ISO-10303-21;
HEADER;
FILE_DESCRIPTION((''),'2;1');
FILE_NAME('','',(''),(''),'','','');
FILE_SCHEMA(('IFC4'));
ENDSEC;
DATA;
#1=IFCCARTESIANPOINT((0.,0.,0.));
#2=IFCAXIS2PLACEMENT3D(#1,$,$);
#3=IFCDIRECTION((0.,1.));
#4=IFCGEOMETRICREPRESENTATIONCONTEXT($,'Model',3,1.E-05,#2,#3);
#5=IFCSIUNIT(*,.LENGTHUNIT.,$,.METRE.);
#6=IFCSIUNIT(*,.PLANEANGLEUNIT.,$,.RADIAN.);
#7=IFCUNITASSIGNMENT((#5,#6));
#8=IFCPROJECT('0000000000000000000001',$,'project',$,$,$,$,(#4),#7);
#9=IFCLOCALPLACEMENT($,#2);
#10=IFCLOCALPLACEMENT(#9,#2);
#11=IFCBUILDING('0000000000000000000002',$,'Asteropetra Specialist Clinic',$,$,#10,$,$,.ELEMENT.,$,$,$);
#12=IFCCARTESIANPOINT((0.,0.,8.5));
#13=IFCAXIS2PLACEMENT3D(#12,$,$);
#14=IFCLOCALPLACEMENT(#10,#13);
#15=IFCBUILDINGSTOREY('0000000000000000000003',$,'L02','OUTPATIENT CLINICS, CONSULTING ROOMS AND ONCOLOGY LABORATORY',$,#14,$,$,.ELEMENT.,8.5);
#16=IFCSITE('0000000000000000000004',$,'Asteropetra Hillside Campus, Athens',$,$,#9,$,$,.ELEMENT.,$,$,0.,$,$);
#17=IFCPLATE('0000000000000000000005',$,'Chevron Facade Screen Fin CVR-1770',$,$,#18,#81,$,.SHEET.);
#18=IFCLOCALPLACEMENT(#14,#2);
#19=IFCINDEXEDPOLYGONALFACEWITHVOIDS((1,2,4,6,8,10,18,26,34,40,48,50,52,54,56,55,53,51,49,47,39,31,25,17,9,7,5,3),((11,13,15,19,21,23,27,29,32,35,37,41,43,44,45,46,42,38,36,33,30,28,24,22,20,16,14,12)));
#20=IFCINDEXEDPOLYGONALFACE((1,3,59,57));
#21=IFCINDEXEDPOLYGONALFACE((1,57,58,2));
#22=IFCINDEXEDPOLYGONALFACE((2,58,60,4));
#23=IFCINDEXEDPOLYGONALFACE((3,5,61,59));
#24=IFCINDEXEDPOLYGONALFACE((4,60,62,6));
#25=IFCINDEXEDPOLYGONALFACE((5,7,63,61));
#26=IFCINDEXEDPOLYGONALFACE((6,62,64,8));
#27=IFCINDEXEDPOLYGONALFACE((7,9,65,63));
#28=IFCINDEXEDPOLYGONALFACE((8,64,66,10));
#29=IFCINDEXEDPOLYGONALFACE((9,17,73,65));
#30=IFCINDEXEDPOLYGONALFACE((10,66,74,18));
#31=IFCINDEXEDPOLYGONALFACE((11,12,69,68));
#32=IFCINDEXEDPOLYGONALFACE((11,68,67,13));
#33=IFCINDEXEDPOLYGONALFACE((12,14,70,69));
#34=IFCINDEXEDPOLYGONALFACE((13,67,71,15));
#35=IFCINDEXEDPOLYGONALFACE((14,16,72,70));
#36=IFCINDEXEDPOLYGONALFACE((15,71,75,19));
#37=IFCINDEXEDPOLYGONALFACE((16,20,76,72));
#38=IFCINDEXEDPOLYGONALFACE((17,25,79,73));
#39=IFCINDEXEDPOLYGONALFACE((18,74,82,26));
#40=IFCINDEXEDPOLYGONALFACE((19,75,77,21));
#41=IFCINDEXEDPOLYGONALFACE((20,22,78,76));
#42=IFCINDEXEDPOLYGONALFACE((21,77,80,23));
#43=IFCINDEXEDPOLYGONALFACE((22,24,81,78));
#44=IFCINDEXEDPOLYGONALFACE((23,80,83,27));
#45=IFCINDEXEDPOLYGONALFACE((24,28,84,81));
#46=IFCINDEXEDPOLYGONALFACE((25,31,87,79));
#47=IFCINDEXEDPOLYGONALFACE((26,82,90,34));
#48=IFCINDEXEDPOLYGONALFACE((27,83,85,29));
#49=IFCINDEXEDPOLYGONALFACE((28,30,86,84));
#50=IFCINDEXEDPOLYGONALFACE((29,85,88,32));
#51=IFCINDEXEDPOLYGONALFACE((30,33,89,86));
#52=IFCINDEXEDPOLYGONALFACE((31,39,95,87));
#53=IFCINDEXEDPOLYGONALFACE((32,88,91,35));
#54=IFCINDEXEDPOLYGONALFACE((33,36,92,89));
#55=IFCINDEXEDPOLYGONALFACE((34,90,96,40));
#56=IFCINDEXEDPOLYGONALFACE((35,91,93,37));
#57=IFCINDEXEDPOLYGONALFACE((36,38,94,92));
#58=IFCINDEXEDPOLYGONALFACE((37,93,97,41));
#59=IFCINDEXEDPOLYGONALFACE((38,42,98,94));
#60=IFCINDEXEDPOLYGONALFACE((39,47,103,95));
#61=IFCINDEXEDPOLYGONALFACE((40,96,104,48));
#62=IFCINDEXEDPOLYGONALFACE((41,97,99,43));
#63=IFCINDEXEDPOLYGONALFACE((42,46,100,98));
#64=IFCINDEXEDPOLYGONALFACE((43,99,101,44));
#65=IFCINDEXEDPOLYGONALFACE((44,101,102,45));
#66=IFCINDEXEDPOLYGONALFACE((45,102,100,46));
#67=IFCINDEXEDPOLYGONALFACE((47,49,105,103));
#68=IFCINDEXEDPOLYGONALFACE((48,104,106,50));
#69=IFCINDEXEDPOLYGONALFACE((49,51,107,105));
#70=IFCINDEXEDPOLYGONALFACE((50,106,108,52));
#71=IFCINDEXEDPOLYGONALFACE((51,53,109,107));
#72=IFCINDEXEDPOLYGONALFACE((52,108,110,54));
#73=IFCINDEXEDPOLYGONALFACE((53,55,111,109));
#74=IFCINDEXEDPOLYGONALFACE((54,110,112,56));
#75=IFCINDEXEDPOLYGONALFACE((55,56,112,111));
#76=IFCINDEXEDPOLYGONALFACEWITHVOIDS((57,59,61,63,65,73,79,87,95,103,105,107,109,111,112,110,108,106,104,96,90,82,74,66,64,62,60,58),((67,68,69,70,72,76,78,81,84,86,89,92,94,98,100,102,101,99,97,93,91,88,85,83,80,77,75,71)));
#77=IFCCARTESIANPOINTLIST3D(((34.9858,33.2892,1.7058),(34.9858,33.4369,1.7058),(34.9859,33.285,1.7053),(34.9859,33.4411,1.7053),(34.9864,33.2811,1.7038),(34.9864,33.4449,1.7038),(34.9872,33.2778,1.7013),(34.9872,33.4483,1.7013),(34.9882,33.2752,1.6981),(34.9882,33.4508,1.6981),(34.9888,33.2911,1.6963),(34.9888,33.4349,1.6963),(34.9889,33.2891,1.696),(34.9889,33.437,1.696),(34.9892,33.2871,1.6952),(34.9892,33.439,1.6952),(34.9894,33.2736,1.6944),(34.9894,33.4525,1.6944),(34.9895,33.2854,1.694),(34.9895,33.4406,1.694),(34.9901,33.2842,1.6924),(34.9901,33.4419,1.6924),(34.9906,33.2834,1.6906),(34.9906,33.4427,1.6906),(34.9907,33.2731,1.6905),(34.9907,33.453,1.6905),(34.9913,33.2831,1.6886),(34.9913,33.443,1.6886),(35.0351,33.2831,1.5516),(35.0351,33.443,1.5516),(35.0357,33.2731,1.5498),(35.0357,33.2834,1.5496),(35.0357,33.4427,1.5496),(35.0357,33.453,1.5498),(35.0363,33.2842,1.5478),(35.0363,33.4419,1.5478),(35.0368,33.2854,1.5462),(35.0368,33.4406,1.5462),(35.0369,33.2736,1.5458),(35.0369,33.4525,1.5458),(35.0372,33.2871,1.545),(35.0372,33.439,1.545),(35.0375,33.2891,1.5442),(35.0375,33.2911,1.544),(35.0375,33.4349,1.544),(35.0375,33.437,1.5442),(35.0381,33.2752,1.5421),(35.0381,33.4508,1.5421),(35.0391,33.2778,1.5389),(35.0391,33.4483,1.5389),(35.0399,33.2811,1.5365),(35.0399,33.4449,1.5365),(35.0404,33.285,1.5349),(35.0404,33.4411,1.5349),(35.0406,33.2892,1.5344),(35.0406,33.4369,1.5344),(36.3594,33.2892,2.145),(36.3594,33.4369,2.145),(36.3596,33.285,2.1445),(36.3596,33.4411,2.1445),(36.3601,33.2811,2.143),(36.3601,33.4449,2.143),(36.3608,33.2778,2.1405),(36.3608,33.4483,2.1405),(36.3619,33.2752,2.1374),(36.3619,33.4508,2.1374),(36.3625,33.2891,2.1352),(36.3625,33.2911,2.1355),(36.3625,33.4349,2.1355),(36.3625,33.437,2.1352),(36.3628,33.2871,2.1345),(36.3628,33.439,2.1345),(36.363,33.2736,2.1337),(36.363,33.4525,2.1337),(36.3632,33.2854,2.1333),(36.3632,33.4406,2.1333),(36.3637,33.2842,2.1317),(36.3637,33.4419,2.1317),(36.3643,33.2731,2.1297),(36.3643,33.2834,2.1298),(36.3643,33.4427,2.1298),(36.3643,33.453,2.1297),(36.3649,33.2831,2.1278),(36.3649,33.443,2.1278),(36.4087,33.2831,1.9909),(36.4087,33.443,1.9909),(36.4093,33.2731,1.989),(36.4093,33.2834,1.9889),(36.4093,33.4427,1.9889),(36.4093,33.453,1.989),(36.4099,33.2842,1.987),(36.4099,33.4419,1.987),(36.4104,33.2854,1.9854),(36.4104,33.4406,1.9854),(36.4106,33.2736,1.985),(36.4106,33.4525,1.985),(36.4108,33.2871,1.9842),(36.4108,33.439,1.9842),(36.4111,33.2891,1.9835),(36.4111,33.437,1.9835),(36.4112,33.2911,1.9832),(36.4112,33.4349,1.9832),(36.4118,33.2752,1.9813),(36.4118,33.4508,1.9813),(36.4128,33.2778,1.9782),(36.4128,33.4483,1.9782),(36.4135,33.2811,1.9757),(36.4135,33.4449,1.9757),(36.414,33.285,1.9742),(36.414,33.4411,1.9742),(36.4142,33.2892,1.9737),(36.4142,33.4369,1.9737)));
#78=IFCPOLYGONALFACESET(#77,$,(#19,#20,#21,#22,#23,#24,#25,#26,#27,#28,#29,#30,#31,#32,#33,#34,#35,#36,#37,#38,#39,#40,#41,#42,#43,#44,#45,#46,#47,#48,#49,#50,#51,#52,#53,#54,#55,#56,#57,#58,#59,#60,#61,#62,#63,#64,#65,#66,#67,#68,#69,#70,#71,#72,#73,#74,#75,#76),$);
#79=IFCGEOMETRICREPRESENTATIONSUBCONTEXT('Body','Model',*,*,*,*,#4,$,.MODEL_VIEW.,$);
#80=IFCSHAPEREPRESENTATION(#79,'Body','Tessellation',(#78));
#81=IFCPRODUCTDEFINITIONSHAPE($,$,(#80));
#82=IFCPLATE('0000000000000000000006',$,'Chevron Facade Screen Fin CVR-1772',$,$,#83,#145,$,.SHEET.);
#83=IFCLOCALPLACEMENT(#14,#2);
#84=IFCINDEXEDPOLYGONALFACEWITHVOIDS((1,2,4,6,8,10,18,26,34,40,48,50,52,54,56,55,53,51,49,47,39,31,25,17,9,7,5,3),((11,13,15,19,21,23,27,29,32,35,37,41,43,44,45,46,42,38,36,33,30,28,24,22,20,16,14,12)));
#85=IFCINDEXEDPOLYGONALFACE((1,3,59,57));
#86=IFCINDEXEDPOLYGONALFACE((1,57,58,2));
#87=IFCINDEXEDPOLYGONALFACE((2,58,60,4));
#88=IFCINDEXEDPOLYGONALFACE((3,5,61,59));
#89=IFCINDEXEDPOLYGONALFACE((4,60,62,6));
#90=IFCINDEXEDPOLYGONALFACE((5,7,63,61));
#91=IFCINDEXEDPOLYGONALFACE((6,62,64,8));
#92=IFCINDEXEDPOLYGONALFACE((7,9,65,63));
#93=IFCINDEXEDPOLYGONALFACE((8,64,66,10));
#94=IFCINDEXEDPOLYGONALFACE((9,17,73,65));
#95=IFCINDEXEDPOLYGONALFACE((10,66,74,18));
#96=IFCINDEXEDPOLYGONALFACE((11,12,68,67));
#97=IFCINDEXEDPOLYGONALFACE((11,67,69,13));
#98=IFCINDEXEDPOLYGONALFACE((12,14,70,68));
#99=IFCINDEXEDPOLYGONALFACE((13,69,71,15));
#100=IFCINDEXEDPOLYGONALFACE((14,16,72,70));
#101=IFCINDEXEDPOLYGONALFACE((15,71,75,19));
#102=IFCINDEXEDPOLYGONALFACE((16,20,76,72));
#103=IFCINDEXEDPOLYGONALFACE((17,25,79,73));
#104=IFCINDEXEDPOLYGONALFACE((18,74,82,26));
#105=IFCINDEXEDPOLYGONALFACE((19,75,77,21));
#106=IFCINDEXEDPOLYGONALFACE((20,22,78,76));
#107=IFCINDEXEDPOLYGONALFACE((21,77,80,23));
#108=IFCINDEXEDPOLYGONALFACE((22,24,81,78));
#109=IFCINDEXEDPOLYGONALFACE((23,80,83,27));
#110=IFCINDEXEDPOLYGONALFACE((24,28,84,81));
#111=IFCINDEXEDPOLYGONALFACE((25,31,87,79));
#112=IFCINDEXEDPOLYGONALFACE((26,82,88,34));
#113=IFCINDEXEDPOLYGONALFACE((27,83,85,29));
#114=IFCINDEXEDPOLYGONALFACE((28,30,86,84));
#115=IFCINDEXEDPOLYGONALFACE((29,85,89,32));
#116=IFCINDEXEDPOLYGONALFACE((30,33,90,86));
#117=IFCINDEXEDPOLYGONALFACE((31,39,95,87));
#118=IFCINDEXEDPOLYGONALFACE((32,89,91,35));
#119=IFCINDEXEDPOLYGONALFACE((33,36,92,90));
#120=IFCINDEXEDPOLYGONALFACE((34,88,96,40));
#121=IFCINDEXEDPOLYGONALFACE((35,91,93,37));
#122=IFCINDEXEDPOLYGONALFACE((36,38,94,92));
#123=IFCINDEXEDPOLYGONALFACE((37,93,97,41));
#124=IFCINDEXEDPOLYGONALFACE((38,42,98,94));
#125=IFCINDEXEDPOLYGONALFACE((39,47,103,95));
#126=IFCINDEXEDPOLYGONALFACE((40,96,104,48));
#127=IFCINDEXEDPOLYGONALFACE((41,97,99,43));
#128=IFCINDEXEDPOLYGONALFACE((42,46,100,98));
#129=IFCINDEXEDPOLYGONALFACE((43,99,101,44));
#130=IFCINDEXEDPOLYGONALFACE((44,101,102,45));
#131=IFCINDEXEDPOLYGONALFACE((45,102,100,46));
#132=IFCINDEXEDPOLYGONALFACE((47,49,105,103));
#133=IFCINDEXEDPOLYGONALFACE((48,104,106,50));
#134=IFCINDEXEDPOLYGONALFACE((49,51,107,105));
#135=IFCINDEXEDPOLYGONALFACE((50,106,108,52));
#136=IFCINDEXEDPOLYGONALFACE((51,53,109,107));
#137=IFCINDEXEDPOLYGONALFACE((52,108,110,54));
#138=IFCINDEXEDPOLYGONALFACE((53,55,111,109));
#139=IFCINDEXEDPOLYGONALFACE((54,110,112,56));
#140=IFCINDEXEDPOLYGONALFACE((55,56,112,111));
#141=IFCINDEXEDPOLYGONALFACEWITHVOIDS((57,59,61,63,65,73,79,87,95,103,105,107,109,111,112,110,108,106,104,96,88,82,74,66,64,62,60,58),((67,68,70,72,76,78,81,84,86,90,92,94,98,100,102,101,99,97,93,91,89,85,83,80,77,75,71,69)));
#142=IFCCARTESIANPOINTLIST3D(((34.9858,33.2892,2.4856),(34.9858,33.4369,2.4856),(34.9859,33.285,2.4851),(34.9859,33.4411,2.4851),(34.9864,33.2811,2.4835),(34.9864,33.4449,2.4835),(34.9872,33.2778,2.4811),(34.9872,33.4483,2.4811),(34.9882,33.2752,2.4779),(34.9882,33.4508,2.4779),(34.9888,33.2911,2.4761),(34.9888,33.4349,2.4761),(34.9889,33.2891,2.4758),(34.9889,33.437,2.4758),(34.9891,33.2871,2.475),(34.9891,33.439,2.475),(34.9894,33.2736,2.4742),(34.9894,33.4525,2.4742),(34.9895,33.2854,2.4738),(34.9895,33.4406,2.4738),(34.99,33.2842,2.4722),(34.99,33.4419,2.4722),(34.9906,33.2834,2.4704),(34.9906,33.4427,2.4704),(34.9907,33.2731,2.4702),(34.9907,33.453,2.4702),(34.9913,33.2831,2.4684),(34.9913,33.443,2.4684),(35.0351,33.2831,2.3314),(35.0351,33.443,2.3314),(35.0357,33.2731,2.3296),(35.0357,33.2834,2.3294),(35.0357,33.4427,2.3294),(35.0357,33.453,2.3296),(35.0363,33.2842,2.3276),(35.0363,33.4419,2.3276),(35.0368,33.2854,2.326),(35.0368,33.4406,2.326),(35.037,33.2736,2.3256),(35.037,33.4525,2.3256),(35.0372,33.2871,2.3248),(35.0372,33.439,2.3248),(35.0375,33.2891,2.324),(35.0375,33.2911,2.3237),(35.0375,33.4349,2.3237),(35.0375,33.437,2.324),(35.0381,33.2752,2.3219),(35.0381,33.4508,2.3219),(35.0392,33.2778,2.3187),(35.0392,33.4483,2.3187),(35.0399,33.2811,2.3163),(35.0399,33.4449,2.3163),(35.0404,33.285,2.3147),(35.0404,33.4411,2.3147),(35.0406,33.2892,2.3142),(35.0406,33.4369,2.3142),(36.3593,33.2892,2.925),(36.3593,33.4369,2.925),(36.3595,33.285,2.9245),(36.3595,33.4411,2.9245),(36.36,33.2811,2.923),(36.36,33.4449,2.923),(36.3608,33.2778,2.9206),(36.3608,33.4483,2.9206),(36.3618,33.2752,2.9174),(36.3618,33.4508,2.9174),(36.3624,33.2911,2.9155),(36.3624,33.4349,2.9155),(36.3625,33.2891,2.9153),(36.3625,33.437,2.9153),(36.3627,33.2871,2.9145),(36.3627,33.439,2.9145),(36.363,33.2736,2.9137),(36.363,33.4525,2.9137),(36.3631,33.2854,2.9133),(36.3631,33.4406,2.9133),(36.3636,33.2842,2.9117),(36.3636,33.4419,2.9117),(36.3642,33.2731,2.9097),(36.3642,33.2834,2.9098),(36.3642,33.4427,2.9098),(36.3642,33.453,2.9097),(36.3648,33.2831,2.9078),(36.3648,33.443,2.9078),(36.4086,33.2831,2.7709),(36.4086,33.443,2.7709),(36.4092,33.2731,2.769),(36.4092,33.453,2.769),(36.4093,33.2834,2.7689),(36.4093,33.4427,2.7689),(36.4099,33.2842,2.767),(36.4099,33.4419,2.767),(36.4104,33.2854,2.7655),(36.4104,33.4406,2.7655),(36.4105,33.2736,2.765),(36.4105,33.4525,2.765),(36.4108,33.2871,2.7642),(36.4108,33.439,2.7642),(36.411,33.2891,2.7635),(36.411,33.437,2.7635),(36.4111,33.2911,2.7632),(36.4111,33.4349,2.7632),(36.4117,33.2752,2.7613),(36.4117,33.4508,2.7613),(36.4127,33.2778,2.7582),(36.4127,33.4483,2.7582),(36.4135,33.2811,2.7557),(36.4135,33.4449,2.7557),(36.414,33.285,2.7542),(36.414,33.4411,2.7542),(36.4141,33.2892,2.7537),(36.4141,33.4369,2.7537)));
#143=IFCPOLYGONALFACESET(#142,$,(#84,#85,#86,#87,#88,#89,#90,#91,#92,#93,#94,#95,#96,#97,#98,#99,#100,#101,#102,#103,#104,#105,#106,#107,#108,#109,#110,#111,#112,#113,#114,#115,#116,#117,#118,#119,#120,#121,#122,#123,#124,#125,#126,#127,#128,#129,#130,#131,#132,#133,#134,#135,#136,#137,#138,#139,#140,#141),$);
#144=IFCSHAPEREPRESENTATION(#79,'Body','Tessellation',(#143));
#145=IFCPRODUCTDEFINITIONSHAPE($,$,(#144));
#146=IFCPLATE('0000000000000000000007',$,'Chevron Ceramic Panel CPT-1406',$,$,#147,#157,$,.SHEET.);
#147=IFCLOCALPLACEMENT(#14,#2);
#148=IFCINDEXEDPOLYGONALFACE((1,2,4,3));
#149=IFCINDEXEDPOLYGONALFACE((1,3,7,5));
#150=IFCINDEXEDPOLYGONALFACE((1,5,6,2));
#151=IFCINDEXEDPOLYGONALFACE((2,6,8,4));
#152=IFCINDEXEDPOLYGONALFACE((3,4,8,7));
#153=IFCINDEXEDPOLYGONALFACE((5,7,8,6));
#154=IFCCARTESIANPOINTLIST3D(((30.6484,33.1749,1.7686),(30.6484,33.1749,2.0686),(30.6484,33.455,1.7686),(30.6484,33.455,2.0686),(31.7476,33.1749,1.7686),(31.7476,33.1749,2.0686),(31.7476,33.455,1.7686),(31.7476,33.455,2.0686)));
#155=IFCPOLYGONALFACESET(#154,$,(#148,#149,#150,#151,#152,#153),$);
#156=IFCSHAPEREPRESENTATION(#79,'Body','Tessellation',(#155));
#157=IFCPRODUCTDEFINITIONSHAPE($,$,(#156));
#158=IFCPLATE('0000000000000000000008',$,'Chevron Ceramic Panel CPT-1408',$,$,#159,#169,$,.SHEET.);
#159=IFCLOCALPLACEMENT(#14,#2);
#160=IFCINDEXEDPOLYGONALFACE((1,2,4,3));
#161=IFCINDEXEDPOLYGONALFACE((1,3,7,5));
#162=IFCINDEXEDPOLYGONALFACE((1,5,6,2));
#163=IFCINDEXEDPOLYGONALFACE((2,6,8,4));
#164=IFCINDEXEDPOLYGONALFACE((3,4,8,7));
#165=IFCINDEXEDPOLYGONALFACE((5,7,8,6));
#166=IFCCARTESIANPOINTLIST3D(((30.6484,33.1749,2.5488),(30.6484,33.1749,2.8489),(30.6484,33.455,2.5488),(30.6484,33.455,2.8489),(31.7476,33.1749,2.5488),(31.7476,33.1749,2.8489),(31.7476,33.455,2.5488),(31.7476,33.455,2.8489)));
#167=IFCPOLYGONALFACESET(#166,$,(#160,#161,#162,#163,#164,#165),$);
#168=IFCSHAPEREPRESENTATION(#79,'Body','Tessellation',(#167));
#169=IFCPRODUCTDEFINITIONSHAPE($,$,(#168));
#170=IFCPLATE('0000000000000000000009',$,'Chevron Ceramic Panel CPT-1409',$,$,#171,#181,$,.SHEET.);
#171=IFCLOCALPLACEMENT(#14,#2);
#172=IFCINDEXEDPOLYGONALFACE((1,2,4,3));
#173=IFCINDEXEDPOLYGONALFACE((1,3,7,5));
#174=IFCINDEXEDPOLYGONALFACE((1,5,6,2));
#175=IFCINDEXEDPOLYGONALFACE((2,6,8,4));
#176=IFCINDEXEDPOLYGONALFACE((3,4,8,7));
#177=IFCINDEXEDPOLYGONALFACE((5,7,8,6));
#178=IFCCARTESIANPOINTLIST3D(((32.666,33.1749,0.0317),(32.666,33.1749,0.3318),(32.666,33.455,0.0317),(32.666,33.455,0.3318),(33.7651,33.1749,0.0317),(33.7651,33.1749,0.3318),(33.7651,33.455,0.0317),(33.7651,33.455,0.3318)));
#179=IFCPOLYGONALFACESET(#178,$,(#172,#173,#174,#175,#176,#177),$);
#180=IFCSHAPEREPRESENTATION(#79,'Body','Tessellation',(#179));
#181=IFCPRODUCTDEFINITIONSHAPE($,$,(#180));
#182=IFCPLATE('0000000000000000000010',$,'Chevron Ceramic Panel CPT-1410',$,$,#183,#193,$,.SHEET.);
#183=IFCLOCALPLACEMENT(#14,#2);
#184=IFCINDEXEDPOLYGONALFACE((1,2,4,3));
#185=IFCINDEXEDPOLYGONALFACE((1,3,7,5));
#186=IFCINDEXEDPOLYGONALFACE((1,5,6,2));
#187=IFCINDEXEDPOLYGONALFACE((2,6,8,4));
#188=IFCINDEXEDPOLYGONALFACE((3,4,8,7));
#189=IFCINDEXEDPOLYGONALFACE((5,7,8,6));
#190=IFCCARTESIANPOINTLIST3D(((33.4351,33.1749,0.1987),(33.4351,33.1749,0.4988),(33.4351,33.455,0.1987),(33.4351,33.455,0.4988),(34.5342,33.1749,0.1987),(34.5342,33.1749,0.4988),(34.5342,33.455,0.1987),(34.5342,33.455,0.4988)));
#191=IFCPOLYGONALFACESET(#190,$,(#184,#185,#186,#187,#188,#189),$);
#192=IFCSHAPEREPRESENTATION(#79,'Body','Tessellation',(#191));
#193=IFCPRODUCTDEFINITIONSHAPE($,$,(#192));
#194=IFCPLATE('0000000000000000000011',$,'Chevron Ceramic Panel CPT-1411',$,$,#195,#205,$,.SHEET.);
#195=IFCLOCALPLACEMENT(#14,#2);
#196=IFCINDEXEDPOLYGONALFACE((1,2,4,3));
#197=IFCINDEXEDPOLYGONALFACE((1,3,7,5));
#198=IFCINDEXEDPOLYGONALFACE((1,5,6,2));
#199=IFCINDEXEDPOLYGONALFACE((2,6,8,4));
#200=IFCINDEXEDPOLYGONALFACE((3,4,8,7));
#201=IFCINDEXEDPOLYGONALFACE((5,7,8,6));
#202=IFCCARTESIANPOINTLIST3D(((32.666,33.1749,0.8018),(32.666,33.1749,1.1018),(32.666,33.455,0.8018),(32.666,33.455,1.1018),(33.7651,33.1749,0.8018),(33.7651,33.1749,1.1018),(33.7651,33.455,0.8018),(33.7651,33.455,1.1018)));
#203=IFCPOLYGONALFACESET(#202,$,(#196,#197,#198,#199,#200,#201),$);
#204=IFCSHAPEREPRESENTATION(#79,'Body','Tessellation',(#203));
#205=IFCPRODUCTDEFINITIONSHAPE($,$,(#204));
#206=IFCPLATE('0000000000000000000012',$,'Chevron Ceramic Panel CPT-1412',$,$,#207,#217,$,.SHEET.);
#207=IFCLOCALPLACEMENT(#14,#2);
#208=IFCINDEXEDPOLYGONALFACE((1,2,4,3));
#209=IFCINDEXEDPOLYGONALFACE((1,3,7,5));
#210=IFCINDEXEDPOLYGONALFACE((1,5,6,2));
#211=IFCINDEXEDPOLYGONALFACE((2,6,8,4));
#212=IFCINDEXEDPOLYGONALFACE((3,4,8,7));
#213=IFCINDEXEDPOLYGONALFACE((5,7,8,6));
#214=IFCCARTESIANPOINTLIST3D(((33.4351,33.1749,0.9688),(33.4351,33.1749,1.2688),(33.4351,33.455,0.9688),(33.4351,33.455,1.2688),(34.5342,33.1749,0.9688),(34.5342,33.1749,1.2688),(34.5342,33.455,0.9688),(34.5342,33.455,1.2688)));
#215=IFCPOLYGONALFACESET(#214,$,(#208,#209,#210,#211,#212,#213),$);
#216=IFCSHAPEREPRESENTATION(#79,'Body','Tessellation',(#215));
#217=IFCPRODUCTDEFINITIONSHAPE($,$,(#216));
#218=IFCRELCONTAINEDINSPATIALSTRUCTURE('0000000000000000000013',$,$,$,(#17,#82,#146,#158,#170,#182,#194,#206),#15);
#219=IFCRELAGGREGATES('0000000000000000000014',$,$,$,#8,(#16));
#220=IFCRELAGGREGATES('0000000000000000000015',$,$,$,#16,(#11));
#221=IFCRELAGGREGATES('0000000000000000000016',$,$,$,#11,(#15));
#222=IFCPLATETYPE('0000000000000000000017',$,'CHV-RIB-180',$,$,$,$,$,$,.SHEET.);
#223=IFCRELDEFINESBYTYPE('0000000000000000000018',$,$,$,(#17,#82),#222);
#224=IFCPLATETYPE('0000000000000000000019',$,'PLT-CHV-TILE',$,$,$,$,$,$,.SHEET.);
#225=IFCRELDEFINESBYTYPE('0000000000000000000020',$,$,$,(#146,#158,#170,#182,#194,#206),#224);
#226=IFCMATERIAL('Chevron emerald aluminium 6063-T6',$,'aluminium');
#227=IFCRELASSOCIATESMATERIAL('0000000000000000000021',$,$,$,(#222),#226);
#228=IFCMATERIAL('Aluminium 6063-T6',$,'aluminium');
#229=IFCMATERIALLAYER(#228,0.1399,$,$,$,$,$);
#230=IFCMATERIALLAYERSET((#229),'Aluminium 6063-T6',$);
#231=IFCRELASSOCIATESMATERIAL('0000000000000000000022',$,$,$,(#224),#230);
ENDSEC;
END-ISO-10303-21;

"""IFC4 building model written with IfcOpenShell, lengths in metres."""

from ifc_helpers import new_model, si_unit, direction, frame, origin, origin_2d, place, context, subcontext, project, spatial, rectangle, hollow_rectangle, extrude, material, layer, layer_set, material_profile, profile_set, type_object, element, save


model = new_model("IFC4")

# Units and contexts
model_context = context("Model", 3, precision=1e-05, world=origin(), true_north=direction((0.0, 1.0)))
body_context = subcontext(model_context, "Body", "Model", "MODEL_VIEW")
ifc_project = project(units=[si_unit("LENGTHUNIT", "METRE"), si_unit("PLANEANGLEUNIT", "RADIAN")], contexts=[model_context])

# Site, building, storey
site_placement = place(None, origin())
site = spatial("IfcSite", under=ifc_project, at=site_placement, Name="Asteropetra Hillside Campus, Athens", CompositionType="ELEMENT", RefElevation=0.0)
building_placement = place(site_placement, origin())
building = spatial("IfcBuilding", under=site, at=building_placement, Name="Asteropetra Specialist Clinic", CompositionType="ELEMENT")
storey_placement = place(building_placement, frame((0.0, 0.0, 8.5)))
storey = spatial("IfcBuildingStorey", under=building, at=storey_placement, Name="L02", Description="OUTPATIENT CLINICS, CONSULTING ROOMS AND ONCOLOGY LABORATORY", CompositionType="ELEMENT", Elevation=8.5)

# Plates
ifc_material_1 = material(Name="Chevron emerald aluminium 6063-T6", Category="aluminium")
ifc_material_profile_1 = material_profile(ifc_material_1, hollow_rectangle(XDim=0.1799, YDim=0.1799, WallThickness=0.01, InnerFilletRadius=0.0081, OuterFilletRadius=0.0161, at=origin_2d()), Name="SHS 180x180x10.0")
ifc_profile_set_1 = profile_set([ifc_material_profile_1], Name="Chevron emerald aluminium 6063-T6")
plate_type_1 = type_object("IfcPlateType", Name="CHV-RIB-180", PredefinedType="SHEET", material=ifc_profile_set_1)
for number, where, z_axis, x_axis, name in (
    (1, (35.0132, 33.363, 1.6201), (0.952489, 0.0, 0.304573), (0.0, 1.0, 0.0), "Chevron Facade Screen Fin CVR-1770"),
    (2, (35.0132, 33.363, 2.3999), (0.95244, 0.0, 0.304727), (0.0, 1.0, 0.0), "Chevron Facade Screen Fin CVR-1772"),
):
    element("IfcPlate", number, at=place(storey_placement, frame(where, z_axis=z_axis, x_axis=x_axis)), inside=storey, type_object=plate_type_1, Name=name, PredefinedType="SHEET", context=body_context, shape_type="SweptSolid", body=[
        extrude(hollow_rectangle(XDim=0.1799, YDim=0.1799, WallThickness=0.01, InnerFilletRadius=0.0081, OuterFilletRadius=0.0161, at=origin_2d()), origin(), (0.0, 0.0, 1.0), 1.4421),
    ])
ifc_material_2 = material(Name="Aluminium 6063-T6", Category="aluminium")
ifc_layer = layer(ifc_material_2, 0.1399)
ifc_layer_set = layer_set([ifc_layer], Name="Aluminium 6063-T6")
plate_type_2 = type_object("IfcPlateType", Name="PLT-CHV-TILE", PredefinedType="SHEET", material=ifc_layer_set)
for number, where, z_axis, x_axis, name in (
    (3, (31.198, 33.3149, 1.7686), (0.0, 0.0, 1.0), (1.0, 0.0, 0.0), "Chevron Ceramic Panel CPT-1406"),
    (4, (31.198, 33.3149, 2.5488), (0.0, 0.0, 1.0), (1.0, 0.0, 0.0), "Chevron Ceramic Panel CPT-1408"),
    (5, (33.2156, 33.3149, 0.0317), (0.0, 0.0, 1.0), (1.0, 0.0, 0.0), "Chevron Ceramic Panel CPT-1409"),
    (6, (33.9846, 33.3149, 0.1987), (0.0, 0.0, 1.0), (1.0, 0.0, 0.0), "Chevron Ceramic Panel CPT-1410"),
    (7, (33.2156, 33.3149, 0.8018), (0.0, 0.0, 1.0), (1.0, 0.0, 0.0), "Chevron Ceramic Panel CPT-1411"),
    (8, (33.9846, 33.3149, 0.9688), (0.0, 0.0, 1.0), (1.0, 0.0, 0.0), "Chevron Ceramic Panel CPT-1412"),
):
    element("IfcPlate", number, at=place(storey_placement, frame(where, z_axis=z_axis, x_axis=x_axis)), inside=storey, type_object=plate_type_2, Name=name, PredefinedType="SHEET", context=body_context, shape_type="SweptSolid", body=[
        extrude(rectangle(XDim=1.0991, YDim=0.28, at=origin_2d()), origin(), (0.0, 0.0, 1.0), 0.3),
    ])

save(model, "model.ifc")
